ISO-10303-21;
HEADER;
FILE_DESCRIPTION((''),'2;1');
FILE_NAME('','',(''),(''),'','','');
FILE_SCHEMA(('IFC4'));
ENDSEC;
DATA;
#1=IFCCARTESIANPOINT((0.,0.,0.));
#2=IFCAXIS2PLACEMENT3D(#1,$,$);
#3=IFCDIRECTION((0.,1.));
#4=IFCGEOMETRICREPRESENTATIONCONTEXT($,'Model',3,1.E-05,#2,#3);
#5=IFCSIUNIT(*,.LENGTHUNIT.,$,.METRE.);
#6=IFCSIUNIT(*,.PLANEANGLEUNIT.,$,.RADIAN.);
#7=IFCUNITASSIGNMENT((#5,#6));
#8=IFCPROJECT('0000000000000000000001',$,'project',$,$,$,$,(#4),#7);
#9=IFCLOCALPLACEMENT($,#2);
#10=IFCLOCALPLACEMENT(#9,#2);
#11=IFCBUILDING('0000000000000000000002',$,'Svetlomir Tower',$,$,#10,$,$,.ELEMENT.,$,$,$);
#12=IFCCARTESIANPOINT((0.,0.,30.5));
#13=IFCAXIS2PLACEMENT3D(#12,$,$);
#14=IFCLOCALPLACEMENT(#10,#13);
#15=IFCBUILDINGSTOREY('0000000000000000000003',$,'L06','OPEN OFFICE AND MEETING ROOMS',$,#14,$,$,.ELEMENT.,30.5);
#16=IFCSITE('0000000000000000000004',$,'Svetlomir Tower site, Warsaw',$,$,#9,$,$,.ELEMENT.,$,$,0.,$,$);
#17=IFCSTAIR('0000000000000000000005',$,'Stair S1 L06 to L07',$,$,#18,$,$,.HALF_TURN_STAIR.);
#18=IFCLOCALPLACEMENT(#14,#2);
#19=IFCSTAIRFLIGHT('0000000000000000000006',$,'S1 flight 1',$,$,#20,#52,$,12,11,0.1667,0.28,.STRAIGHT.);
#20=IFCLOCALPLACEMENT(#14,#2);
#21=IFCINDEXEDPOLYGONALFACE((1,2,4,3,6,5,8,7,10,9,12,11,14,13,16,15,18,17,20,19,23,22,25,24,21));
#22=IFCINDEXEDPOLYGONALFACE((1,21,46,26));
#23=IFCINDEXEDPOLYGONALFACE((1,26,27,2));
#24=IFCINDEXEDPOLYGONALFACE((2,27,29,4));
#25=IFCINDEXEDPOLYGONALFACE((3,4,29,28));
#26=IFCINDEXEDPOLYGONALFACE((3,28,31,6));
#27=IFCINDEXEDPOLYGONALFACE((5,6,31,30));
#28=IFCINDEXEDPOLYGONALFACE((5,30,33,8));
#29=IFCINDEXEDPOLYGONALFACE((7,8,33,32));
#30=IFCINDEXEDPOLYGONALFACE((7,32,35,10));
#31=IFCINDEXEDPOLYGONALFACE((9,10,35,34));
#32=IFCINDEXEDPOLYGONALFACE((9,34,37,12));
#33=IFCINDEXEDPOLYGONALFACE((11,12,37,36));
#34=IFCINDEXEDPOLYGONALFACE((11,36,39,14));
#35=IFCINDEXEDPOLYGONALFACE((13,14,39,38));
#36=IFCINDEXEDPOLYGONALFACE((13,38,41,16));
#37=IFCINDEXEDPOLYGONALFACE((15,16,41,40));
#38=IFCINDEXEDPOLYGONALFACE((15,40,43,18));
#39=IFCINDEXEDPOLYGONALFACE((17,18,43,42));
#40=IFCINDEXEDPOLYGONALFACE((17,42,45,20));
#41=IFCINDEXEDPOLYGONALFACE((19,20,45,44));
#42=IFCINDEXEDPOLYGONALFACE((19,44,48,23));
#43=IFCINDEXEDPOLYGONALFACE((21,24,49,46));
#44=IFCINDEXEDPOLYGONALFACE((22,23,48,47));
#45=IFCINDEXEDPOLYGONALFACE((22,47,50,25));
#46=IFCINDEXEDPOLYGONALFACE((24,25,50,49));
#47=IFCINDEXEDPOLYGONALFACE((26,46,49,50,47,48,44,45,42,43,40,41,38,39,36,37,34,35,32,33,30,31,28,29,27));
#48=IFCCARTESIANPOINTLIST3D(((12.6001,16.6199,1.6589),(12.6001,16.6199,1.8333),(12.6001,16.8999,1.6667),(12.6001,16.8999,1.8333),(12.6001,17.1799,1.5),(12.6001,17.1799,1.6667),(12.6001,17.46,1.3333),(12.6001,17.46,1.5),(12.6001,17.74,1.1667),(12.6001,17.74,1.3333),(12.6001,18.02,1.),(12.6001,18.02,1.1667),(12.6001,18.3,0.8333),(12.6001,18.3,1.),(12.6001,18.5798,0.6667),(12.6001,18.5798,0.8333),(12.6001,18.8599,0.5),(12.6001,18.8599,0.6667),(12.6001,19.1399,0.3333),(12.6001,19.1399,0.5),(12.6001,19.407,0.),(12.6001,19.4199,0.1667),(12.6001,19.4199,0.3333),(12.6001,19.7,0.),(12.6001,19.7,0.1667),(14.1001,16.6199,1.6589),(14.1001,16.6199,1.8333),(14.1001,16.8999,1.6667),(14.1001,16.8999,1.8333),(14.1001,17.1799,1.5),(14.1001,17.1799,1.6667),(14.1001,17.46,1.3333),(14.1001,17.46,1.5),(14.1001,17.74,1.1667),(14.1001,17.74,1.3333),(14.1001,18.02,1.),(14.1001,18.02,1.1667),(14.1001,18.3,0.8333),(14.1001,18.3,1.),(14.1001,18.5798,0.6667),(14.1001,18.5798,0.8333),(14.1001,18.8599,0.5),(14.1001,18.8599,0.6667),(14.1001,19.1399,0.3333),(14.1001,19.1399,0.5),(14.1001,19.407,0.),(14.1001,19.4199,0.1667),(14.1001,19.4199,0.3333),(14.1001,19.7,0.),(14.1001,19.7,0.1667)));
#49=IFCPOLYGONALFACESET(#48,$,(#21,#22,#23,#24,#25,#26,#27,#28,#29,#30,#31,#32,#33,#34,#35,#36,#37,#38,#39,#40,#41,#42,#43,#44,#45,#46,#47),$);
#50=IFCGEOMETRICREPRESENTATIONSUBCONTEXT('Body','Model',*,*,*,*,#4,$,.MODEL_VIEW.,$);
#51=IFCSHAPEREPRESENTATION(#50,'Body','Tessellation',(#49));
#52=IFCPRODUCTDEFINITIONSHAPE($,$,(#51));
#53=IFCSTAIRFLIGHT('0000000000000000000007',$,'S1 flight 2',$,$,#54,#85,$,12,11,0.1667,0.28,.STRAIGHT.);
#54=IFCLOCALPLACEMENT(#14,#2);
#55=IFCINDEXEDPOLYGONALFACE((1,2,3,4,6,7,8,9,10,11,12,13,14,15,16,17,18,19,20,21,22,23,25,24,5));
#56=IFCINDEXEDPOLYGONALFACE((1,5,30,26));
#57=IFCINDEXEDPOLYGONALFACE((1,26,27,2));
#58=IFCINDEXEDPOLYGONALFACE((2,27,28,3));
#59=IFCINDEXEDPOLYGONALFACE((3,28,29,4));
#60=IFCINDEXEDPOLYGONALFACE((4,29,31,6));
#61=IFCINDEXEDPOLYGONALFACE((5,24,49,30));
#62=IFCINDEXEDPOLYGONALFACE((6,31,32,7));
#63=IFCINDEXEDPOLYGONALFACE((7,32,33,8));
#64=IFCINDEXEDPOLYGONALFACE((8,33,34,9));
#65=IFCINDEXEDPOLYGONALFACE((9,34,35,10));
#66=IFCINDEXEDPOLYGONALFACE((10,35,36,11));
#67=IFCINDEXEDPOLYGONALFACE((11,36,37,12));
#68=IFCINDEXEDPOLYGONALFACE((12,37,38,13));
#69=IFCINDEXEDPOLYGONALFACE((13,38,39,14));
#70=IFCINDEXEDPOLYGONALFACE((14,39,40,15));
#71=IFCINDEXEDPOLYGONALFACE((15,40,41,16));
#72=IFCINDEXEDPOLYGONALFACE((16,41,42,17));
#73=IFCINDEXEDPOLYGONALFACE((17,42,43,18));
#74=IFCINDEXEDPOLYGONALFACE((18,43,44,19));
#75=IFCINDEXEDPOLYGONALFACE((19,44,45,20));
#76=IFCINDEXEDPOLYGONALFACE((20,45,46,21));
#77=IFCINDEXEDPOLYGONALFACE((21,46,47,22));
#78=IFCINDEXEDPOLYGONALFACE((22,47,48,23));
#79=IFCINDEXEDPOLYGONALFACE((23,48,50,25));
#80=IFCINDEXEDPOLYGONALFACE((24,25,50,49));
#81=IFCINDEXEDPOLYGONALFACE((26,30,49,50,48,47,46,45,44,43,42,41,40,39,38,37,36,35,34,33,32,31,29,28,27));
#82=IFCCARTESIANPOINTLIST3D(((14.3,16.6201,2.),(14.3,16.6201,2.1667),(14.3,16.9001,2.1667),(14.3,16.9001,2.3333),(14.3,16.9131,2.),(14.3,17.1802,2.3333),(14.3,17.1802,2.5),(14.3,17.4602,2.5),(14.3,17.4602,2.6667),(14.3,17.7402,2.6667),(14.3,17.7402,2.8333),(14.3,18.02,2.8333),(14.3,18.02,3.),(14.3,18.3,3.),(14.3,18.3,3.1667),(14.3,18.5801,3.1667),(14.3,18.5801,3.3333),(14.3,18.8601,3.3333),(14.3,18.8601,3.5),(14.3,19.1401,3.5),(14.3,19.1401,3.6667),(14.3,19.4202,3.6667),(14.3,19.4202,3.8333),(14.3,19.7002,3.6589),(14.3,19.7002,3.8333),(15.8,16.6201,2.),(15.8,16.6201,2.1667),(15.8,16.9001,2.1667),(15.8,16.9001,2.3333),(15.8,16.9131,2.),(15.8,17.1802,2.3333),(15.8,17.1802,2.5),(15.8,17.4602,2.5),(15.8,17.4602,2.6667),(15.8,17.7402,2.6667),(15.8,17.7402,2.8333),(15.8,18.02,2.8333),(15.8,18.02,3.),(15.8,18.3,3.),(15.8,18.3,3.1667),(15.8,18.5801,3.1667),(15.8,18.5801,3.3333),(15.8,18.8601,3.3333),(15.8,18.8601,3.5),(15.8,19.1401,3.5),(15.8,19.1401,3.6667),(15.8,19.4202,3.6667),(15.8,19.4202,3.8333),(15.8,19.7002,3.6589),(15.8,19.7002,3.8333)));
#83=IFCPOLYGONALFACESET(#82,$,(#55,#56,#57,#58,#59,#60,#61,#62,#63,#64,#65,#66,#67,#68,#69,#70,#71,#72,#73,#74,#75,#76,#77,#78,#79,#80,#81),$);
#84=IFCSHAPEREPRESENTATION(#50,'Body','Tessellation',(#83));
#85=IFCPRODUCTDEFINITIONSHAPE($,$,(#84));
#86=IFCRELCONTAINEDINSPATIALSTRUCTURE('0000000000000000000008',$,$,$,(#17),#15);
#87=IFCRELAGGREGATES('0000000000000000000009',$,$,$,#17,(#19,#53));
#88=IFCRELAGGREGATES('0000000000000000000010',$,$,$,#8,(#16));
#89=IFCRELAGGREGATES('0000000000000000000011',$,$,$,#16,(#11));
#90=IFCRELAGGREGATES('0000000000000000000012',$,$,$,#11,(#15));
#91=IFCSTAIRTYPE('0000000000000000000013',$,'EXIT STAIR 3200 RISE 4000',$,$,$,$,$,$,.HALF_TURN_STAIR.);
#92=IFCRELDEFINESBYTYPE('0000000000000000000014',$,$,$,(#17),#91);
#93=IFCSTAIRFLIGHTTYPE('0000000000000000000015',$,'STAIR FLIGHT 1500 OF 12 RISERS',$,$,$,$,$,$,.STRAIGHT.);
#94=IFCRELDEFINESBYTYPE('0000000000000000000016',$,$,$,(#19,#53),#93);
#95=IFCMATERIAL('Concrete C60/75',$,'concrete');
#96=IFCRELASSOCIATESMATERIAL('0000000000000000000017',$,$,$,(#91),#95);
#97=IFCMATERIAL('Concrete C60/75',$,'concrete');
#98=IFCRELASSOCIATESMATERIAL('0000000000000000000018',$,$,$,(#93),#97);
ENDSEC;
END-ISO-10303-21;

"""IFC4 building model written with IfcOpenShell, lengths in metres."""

from ifc_helpers import new_model, si_unit, direction, frame, origin, place, context, subcontext, project, spatial, polyline, outline, extrude, material, type_object, element, aggregate, save


model = new_model("IFC4")

# Units and contexts
model_context = context("Model", 3, precision=1e-05, world=origin(), true_north=direction((0.0, 1.0)))
body_context = subcontext(model_context, "Body", "Model", "MODEL_VIEW")
ifc_project = project(units=[si_unit("LENGTHUNIT", "METRE"), si_unit("PLANEANGLEUNIT", "RADIAN")], contexts=[model_context])

# Site, building, storey
site_placement = place(None, origin())
site = spatial("IfcSite", under=ifc_project, at=site_placement, Name="Svetlomir Tower site, Warsaw", CompositionType="ELEMENT", RefElevation=0.0)
building_placement = place(site_placement, origin())
building = spatial("IfcBuilding", under=site, at=building_placement, Name="Svetlomir Tower", CompositionType="ELEMENT")
storey_placement = place(building_placement, frame((0.0, 0.0, 30.5)))
storey = spatial("IfcBuildingStorey", under=building, at=storey_placement, Name="L06", Description="OPEN OFFICE AND MEETING ROOMS", CompositionType="ELEMENT", Elevation=30.5)

# Stair, stair flights
ifc_material_1 = material(Name="Concrete C60/75", Category="concrete")
stair_type = type_object("IfcStairType", Name="EXIT STAIR 3200 RISE 4000", PredefinedType="HALF_TURN_STAIR", material=ifc_material_1)
stair_placement = place(storey_placement, origin())
stair = element("IfcStair", 1, at=stair_placement, inside=storey, type_object=stair_type, Name="Stair S1 L06 to L07", PredefinedType="HALF_TURN_STAIR")
ifc_material_2 = material(Name="Concrete C60/75", Category="concrete")
stair_flight_type = type_object("IfcStairFlightType", Name="STAIR FLIGHT 1500 OF 12 RISERS", PredefinedType="STRAIGHT", material=ifc_material_2)
stair_flight_1_placement = place(storey_placement, frame((13.3501, 19.7, 0.0), z_axis=(0.0, 0.0, 1.0), x_axis=(0.0, -1.0, 0.0)))
stair_flight_1 = element("IfcStairFlight", 2, at=stair_flight_1_placement, type_object=stair_flight_type, Name="S1 flight 1", NumberOfRisers=12, NumberOfTreads=11, PredefinedType="STRAIGHT", RiserHeight=0.1667, TreadLength=0.28, context=body_context, shape_type="SweptSolid", body=[
    extrude(outline(polyline([(0.0, 0.0), (0.0, 0.1667), (0.28, 0.1667), (0.28, 0.3333), (0.5601, 0.3333), (0.5601, 0.5), (0.8401, 0.5), (0.8401, 0.6667), (1.1201, 0.6667), (1.1201, 0.8333), (1.3999, 0.8333), (1.3999, 1.0), (1.6799, 1.0), (1.6799, 1.1667), (1.96, 1.1667), (1.96, 1.3333), (2.24, 1.3333), (2.24, 1.5), (2.52, 1.5), (2.52, 1.6667), (2.8, 1.6667), (2.8, 1.8333), (3.0801, 1.8333), (3.0801, 2.0), (3.0801, 1.6589), (0.293, 0.0), (0.0, 0.0)])), frame((0.0, 0.75, 0.0), z_axis=(0.0, -1.0, 0.0), x_axis=(1.0, 0.0, 0.0)), (0.0, 0.0, 1.0), 1.5),
])
stair_flight_2_placement = place(storey_placement, frame((15.05, 16.6201, 2.0), z_axis=(0.0, 0.0, 1.0), x_axis=(0.0, 1.0, 0.0)))
stair_flight_2 = element("IfcStairFlight", 3, at=stair_flight_2_placement, type_object=stair_flight_type, Name="S1 flight 2", NumberOfRisers=12, NumberOfTreads=11, PredefinedType="STRAIGHT", RiserHeight=0.1667, TreadLength=0.28, context=body_context, shape_type="SweptSolid", body=[
    extrude(outline(polyline([(0.0, 0.0), (0.0, 0.1667), (0.28, 0.1667), (0.28, 0.3333), (0.5601, 0.3333), (0.5601, 0.5), (0.8401, 0.5), (0.8401, 0.6667), (1.1201, 0.6667), (1.1201, 0.8333), (1.3999, 0.8333), (1.3999, 1.0), (1.6799, 1.0), (1.6799, 1.1667), (1.96, 1.1667), (1.96, 1.3333), (2.24, 1.3333), (2.24, 1.5), (2.52, 1.5), (2.52, 1.6667), (2.8, 1.6667), (2.8, 1.8333), (3.0801, 1.8333), (3.0801, 2.0), (3.0801, 1.6589), (0.293, 0.0), (0.0, 0.0)])), frame((0.0, 0.75, 0.0), z_axis=(0.0, -1.0, 0.0), x_axis=(1.0, 0.0, 0.0)), (0.0, 0.0, 1.0), 1.5),
])
aggregate(stair, [stair_flight_1, stair_flight_2])

save(model, "model.ifc")
